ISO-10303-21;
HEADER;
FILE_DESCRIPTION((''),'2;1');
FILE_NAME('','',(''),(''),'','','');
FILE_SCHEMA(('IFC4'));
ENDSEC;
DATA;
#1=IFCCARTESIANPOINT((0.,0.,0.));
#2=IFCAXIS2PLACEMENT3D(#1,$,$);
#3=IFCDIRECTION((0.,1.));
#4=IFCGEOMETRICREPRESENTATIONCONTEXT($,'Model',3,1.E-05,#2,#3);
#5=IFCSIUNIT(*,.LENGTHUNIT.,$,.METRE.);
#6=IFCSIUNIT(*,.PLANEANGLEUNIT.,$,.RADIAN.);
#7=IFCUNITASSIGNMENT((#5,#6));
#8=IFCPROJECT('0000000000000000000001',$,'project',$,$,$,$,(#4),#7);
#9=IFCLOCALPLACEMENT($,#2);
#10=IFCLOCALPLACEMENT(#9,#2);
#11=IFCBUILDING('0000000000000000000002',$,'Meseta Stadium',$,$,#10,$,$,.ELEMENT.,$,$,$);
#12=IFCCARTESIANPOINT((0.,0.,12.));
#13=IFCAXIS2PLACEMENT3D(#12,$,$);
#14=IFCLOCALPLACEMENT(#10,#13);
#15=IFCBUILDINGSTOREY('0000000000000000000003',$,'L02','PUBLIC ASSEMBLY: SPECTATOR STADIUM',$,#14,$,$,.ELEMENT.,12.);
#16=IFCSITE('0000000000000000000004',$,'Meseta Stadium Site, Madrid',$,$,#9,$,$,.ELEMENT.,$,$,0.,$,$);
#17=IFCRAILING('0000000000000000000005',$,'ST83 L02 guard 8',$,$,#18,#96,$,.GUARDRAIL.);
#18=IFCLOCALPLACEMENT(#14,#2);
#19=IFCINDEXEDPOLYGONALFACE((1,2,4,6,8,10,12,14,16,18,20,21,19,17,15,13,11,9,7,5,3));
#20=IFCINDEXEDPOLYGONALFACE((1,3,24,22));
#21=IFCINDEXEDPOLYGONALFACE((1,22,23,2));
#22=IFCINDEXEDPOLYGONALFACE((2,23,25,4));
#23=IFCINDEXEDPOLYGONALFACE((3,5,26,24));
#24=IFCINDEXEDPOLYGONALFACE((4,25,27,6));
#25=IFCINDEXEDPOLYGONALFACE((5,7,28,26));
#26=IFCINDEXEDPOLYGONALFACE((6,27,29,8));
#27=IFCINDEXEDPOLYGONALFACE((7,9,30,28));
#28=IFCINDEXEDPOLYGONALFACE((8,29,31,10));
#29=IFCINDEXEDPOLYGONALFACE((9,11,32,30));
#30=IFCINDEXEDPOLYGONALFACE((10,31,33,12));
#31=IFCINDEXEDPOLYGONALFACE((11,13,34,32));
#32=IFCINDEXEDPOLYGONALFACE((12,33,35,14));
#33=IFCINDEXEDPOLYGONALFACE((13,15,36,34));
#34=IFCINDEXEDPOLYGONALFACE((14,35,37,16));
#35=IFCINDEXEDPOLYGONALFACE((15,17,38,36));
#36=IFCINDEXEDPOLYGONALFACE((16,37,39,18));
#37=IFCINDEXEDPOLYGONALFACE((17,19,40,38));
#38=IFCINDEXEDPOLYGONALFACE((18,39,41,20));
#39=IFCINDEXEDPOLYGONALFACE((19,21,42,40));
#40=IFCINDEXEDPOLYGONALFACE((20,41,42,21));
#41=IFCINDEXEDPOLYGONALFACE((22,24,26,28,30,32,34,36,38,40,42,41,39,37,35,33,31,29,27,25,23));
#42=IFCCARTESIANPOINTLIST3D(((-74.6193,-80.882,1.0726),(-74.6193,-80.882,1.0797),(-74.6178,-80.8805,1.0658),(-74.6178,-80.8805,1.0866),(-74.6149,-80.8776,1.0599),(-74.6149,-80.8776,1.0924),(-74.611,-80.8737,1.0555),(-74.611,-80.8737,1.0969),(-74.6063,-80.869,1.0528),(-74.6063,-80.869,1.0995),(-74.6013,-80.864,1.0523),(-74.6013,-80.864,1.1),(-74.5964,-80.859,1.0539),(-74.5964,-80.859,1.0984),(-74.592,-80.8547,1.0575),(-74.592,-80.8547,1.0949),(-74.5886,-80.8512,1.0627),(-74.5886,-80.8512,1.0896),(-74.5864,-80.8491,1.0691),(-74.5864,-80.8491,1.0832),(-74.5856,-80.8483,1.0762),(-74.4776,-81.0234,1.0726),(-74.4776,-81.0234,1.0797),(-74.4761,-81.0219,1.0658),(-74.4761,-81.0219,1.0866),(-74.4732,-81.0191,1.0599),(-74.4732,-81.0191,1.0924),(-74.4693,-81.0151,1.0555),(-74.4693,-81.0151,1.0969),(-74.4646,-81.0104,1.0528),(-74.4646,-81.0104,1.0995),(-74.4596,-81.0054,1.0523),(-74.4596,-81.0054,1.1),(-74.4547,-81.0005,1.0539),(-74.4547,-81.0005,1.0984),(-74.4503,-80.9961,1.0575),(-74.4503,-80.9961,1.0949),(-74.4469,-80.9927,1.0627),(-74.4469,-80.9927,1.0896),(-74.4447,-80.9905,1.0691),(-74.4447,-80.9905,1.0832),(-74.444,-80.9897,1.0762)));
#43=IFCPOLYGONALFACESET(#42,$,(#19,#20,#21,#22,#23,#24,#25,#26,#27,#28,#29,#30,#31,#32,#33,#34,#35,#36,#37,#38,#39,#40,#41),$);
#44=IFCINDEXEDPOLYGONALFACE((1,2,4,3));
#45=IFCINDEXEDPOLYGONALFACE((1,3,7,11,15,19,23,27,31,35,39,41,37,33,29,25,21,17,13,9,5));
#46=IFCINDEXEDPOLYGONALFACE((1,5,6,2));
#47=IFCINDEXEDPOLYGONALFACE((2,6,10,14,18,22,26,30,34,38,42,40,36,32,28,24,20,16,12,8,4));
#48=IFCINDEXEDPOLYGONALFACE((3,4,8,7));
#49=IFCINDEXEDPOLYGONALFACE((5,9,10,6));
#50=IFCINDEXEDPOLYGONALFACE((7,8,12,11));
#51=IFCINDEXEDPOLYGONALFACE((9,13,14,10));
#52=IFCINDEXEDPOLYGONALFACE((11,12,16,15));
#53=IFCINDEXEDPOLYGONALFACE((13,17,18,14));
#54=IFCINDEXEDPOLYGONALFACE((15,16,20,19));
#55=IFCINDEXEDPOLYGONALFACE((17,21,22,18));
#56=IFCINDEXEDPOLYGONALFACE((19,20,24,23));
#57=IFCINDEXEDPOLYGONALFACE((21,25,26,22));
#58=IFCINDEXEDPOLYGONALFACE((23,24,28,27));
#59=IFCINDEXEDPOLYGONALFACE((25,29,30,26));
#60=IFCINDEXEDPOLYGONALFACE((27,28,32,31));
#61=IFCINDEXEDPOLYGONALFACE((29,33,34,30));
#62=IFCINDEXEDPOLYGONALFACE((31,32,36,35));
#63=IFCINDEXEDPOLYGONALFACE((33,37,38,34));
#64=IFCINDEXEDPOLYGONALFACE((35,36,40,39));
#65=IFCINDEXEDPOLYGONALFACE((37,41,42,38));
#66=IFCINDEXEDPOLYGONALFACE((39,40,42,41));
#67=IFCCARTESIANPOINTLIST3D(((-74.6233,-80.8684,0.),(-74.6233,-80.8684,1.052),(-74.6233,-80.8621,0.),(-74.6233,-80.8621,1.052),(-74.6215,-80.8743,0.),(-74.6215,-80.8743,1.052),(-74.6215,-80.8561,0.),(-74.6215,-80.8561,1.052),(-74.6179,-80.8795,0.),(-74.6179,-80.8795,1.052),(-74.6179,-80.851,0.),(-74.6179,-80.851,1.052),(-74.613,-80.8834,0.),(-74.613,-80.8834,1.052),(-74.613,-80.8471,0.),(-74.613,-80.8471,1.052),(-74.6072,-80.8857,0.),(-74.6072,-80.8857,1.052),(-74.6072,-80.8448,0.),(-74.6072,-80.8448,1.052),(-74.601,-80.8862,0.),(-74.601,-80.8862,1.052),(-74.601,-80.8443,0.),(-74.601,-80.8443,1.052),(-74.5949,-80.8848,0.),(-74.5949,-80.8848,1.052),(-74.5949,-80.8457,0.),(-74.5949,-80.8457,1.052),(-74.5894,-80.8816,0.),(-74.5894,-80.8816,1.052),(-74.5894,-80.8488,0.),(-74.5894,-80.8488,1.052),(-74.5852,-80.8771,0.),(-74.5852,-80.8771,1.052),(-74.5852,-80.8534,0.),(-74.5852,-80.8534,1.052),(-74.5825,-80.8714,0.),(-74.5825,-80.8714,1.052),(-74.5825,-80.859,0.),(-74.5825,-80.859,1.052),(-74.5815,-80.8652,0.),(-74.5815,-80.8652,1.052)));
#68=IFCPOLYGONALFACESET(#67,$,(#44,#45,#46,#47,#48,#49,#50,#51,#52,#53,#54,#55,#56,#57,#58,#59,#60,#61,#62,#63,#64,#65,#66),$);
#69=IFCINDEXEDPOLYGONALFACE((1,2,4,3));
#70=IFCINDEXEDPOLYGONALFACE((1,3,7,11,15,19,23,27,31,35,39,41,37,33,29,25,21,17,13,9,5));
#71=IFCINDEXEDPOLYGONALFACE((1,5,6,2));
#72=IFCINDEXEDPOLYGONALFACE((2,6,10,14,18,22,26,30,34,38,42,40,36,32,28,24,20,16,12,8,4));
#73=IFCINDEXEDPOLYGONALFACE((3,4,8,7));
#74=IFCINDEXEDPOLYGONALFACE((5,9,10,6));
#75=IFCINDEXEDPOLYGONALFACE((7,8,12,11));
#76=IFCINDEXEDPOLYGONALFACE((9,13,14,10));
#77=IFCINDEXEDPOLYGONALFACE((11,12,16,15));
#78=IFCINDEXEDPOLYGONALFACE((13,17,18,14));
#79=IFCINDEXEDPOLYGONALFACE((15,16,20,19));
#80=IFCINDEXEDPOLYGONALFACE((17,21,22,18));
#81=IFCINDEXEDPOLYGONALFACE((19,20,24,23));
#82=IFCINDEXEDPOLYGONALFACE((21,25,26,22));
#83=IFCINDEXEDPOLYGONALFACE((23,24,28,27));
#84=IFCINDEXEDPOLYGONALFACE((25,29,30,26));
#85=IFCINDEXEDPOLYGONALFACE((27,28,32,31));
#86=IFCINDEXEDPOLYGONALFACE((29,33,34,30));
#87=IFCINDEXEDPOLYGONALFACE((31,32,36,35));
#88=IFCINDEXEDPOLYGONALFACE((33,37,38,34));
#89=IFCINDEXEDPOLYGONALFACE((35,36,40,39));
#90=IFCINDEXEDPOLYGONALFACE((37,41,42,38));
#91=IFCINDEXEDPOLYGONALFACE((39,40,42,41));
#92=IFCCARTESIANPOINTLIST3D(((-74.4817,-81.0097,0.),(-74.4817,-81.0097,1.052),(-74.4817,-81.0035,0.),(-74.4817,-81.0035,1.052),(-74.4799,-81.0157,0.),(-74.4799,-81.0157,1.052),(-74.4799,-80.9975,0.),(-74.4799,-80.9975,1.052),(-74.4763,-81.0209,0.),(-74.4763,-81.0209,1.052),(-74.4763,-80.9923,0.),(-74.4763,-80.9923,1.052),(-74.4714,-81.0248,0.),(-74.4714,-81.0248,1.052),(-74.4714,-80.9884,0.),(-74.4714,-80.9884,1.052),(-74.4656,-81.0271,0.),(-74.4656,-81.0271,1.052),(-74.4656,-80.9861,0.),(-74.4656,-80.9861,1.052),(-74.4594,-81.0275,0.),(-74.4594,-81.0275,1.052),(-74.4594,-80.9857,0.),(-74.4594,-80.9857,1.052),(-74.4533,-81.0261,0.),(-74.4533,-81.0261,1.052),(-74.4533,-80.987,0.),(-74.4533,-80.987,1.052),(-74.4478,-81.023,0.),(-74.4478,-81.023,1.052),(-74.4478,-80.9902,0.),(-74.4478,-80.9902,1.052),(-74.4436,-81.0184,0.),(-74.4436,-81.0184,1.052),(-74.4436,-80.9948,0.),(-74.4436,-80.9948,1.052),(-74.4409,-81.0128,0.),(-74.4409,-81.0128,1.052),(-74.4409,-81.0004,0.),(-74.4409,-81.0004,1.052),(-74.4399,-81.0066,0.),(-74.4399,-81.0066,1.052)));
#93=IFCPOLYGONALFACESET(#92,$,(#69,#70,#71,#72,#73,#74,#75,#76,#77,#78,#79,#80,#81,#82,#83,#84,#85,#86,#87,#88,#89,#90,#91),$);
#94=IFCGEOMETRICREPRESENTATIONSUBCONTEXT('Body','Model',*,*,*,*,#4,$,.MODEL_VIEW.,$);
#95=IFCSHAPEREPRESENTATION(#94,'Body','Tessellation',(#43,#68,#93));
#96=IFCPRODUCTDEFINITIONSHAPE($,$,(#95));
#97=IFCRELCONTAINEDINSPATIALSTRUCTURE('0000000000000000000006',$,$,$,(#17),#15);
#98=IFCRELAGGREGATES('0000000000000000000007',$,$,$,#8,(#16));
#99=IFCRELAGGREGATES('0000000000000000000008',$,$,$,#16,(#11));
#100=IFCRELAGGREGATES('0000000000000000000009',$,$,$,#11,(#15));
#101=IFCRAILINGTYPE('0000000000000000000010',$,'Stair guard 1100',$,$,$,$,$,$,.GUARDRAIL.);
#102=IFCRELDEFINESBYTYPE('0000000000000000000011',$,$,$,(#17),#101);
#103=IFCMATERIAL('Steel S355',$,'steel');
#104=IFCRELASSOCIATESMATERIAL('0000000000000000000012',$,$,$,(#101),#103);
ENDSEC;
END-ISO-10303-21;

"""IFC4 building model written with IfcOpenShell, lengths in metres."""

from ifc_helpers import new_model, si_unit, direction, frame, origin, origin_2d, place, context, subcontext, project, spatial, circle, extrude, material, type_object, element, save


model = new_model("IFC4")

# Units and contexts
model_context = context("Model", 3, precision=1e-05, world=origin(), true_north=direction((0.0, 1.0)))
body_context = subcontext(model_context, "Body", "Model", "MODEL_VIEW")
ifc_project = project(units=[si_unit("LENGTHUNIT", "METRE"), si_unit("PLANEANGLEUNIT", "RADIAN")], contexts=[model_context])

# Site, building, storey
site_placement = place(None, origin())
site = spatial("IfcSite", under=ifc_project, at=site_placement, Name="Meseta Stadium Site, Madrid", CompositionType="ELEMENT", RefElevation=0.0)
building_placement = place(site_placement, origin())
building = spatial("IfcBuilding", under=site, at=building_placement, Name="Meseta Stadium", CompositionType="ELEMENT")
storey_placement = place(building_placement, frame((0.0, 0.0, 12.0)))
storey = spatial("IfcBuildingStorey", under=building, at=storey_placement, Name="L02", Description="PUBLIC ASSEMBLY: SPECTATOR STADIUM", CompositionType="ELEMENT", Elevation=12.0)

# Railing
ifc_material_1 = material(Name="Steel S355", Category="steel")
railing_type_1 = type_object("IfcRailingType", Name="Stair guard 1100", PredefinedType="GUARDRAIL", material=ifc_material_1)
railing_1_placement = place(storey_placement, frame((-74.6025, -80.8652, 0.0)))
element("IfcRailing", 1, at=railing_1_placement, inside=storey, type_object=railing_type_1, Name="ST83 L02 guard 8", PredefinedType="GUARDRAIL", context=body_context, shape_type="SweptSolid", body=[
    extrude(circle(Radius=0.0239, at=origin_2d()), frame((0.0, 0.0, 1.0762), z_axis=(0.707717, -0.706496, 0.0), x_axis=(0.706496, 0.707717, 0.0)), (0.0, 0.0, 1.0), 0.2002),
    extrude(circle(Radius=0.021, at=origin_2d()), origin(), (0.0, 0.0, 1.0), 1.052),
    extrude(circle(Radius=0.021, at=origin_2d()), frame((0.1416, -0.1414, 0.0)), (0.0, 0.0, 1.0), 1.052),
])

save(model, "model.ifc")
